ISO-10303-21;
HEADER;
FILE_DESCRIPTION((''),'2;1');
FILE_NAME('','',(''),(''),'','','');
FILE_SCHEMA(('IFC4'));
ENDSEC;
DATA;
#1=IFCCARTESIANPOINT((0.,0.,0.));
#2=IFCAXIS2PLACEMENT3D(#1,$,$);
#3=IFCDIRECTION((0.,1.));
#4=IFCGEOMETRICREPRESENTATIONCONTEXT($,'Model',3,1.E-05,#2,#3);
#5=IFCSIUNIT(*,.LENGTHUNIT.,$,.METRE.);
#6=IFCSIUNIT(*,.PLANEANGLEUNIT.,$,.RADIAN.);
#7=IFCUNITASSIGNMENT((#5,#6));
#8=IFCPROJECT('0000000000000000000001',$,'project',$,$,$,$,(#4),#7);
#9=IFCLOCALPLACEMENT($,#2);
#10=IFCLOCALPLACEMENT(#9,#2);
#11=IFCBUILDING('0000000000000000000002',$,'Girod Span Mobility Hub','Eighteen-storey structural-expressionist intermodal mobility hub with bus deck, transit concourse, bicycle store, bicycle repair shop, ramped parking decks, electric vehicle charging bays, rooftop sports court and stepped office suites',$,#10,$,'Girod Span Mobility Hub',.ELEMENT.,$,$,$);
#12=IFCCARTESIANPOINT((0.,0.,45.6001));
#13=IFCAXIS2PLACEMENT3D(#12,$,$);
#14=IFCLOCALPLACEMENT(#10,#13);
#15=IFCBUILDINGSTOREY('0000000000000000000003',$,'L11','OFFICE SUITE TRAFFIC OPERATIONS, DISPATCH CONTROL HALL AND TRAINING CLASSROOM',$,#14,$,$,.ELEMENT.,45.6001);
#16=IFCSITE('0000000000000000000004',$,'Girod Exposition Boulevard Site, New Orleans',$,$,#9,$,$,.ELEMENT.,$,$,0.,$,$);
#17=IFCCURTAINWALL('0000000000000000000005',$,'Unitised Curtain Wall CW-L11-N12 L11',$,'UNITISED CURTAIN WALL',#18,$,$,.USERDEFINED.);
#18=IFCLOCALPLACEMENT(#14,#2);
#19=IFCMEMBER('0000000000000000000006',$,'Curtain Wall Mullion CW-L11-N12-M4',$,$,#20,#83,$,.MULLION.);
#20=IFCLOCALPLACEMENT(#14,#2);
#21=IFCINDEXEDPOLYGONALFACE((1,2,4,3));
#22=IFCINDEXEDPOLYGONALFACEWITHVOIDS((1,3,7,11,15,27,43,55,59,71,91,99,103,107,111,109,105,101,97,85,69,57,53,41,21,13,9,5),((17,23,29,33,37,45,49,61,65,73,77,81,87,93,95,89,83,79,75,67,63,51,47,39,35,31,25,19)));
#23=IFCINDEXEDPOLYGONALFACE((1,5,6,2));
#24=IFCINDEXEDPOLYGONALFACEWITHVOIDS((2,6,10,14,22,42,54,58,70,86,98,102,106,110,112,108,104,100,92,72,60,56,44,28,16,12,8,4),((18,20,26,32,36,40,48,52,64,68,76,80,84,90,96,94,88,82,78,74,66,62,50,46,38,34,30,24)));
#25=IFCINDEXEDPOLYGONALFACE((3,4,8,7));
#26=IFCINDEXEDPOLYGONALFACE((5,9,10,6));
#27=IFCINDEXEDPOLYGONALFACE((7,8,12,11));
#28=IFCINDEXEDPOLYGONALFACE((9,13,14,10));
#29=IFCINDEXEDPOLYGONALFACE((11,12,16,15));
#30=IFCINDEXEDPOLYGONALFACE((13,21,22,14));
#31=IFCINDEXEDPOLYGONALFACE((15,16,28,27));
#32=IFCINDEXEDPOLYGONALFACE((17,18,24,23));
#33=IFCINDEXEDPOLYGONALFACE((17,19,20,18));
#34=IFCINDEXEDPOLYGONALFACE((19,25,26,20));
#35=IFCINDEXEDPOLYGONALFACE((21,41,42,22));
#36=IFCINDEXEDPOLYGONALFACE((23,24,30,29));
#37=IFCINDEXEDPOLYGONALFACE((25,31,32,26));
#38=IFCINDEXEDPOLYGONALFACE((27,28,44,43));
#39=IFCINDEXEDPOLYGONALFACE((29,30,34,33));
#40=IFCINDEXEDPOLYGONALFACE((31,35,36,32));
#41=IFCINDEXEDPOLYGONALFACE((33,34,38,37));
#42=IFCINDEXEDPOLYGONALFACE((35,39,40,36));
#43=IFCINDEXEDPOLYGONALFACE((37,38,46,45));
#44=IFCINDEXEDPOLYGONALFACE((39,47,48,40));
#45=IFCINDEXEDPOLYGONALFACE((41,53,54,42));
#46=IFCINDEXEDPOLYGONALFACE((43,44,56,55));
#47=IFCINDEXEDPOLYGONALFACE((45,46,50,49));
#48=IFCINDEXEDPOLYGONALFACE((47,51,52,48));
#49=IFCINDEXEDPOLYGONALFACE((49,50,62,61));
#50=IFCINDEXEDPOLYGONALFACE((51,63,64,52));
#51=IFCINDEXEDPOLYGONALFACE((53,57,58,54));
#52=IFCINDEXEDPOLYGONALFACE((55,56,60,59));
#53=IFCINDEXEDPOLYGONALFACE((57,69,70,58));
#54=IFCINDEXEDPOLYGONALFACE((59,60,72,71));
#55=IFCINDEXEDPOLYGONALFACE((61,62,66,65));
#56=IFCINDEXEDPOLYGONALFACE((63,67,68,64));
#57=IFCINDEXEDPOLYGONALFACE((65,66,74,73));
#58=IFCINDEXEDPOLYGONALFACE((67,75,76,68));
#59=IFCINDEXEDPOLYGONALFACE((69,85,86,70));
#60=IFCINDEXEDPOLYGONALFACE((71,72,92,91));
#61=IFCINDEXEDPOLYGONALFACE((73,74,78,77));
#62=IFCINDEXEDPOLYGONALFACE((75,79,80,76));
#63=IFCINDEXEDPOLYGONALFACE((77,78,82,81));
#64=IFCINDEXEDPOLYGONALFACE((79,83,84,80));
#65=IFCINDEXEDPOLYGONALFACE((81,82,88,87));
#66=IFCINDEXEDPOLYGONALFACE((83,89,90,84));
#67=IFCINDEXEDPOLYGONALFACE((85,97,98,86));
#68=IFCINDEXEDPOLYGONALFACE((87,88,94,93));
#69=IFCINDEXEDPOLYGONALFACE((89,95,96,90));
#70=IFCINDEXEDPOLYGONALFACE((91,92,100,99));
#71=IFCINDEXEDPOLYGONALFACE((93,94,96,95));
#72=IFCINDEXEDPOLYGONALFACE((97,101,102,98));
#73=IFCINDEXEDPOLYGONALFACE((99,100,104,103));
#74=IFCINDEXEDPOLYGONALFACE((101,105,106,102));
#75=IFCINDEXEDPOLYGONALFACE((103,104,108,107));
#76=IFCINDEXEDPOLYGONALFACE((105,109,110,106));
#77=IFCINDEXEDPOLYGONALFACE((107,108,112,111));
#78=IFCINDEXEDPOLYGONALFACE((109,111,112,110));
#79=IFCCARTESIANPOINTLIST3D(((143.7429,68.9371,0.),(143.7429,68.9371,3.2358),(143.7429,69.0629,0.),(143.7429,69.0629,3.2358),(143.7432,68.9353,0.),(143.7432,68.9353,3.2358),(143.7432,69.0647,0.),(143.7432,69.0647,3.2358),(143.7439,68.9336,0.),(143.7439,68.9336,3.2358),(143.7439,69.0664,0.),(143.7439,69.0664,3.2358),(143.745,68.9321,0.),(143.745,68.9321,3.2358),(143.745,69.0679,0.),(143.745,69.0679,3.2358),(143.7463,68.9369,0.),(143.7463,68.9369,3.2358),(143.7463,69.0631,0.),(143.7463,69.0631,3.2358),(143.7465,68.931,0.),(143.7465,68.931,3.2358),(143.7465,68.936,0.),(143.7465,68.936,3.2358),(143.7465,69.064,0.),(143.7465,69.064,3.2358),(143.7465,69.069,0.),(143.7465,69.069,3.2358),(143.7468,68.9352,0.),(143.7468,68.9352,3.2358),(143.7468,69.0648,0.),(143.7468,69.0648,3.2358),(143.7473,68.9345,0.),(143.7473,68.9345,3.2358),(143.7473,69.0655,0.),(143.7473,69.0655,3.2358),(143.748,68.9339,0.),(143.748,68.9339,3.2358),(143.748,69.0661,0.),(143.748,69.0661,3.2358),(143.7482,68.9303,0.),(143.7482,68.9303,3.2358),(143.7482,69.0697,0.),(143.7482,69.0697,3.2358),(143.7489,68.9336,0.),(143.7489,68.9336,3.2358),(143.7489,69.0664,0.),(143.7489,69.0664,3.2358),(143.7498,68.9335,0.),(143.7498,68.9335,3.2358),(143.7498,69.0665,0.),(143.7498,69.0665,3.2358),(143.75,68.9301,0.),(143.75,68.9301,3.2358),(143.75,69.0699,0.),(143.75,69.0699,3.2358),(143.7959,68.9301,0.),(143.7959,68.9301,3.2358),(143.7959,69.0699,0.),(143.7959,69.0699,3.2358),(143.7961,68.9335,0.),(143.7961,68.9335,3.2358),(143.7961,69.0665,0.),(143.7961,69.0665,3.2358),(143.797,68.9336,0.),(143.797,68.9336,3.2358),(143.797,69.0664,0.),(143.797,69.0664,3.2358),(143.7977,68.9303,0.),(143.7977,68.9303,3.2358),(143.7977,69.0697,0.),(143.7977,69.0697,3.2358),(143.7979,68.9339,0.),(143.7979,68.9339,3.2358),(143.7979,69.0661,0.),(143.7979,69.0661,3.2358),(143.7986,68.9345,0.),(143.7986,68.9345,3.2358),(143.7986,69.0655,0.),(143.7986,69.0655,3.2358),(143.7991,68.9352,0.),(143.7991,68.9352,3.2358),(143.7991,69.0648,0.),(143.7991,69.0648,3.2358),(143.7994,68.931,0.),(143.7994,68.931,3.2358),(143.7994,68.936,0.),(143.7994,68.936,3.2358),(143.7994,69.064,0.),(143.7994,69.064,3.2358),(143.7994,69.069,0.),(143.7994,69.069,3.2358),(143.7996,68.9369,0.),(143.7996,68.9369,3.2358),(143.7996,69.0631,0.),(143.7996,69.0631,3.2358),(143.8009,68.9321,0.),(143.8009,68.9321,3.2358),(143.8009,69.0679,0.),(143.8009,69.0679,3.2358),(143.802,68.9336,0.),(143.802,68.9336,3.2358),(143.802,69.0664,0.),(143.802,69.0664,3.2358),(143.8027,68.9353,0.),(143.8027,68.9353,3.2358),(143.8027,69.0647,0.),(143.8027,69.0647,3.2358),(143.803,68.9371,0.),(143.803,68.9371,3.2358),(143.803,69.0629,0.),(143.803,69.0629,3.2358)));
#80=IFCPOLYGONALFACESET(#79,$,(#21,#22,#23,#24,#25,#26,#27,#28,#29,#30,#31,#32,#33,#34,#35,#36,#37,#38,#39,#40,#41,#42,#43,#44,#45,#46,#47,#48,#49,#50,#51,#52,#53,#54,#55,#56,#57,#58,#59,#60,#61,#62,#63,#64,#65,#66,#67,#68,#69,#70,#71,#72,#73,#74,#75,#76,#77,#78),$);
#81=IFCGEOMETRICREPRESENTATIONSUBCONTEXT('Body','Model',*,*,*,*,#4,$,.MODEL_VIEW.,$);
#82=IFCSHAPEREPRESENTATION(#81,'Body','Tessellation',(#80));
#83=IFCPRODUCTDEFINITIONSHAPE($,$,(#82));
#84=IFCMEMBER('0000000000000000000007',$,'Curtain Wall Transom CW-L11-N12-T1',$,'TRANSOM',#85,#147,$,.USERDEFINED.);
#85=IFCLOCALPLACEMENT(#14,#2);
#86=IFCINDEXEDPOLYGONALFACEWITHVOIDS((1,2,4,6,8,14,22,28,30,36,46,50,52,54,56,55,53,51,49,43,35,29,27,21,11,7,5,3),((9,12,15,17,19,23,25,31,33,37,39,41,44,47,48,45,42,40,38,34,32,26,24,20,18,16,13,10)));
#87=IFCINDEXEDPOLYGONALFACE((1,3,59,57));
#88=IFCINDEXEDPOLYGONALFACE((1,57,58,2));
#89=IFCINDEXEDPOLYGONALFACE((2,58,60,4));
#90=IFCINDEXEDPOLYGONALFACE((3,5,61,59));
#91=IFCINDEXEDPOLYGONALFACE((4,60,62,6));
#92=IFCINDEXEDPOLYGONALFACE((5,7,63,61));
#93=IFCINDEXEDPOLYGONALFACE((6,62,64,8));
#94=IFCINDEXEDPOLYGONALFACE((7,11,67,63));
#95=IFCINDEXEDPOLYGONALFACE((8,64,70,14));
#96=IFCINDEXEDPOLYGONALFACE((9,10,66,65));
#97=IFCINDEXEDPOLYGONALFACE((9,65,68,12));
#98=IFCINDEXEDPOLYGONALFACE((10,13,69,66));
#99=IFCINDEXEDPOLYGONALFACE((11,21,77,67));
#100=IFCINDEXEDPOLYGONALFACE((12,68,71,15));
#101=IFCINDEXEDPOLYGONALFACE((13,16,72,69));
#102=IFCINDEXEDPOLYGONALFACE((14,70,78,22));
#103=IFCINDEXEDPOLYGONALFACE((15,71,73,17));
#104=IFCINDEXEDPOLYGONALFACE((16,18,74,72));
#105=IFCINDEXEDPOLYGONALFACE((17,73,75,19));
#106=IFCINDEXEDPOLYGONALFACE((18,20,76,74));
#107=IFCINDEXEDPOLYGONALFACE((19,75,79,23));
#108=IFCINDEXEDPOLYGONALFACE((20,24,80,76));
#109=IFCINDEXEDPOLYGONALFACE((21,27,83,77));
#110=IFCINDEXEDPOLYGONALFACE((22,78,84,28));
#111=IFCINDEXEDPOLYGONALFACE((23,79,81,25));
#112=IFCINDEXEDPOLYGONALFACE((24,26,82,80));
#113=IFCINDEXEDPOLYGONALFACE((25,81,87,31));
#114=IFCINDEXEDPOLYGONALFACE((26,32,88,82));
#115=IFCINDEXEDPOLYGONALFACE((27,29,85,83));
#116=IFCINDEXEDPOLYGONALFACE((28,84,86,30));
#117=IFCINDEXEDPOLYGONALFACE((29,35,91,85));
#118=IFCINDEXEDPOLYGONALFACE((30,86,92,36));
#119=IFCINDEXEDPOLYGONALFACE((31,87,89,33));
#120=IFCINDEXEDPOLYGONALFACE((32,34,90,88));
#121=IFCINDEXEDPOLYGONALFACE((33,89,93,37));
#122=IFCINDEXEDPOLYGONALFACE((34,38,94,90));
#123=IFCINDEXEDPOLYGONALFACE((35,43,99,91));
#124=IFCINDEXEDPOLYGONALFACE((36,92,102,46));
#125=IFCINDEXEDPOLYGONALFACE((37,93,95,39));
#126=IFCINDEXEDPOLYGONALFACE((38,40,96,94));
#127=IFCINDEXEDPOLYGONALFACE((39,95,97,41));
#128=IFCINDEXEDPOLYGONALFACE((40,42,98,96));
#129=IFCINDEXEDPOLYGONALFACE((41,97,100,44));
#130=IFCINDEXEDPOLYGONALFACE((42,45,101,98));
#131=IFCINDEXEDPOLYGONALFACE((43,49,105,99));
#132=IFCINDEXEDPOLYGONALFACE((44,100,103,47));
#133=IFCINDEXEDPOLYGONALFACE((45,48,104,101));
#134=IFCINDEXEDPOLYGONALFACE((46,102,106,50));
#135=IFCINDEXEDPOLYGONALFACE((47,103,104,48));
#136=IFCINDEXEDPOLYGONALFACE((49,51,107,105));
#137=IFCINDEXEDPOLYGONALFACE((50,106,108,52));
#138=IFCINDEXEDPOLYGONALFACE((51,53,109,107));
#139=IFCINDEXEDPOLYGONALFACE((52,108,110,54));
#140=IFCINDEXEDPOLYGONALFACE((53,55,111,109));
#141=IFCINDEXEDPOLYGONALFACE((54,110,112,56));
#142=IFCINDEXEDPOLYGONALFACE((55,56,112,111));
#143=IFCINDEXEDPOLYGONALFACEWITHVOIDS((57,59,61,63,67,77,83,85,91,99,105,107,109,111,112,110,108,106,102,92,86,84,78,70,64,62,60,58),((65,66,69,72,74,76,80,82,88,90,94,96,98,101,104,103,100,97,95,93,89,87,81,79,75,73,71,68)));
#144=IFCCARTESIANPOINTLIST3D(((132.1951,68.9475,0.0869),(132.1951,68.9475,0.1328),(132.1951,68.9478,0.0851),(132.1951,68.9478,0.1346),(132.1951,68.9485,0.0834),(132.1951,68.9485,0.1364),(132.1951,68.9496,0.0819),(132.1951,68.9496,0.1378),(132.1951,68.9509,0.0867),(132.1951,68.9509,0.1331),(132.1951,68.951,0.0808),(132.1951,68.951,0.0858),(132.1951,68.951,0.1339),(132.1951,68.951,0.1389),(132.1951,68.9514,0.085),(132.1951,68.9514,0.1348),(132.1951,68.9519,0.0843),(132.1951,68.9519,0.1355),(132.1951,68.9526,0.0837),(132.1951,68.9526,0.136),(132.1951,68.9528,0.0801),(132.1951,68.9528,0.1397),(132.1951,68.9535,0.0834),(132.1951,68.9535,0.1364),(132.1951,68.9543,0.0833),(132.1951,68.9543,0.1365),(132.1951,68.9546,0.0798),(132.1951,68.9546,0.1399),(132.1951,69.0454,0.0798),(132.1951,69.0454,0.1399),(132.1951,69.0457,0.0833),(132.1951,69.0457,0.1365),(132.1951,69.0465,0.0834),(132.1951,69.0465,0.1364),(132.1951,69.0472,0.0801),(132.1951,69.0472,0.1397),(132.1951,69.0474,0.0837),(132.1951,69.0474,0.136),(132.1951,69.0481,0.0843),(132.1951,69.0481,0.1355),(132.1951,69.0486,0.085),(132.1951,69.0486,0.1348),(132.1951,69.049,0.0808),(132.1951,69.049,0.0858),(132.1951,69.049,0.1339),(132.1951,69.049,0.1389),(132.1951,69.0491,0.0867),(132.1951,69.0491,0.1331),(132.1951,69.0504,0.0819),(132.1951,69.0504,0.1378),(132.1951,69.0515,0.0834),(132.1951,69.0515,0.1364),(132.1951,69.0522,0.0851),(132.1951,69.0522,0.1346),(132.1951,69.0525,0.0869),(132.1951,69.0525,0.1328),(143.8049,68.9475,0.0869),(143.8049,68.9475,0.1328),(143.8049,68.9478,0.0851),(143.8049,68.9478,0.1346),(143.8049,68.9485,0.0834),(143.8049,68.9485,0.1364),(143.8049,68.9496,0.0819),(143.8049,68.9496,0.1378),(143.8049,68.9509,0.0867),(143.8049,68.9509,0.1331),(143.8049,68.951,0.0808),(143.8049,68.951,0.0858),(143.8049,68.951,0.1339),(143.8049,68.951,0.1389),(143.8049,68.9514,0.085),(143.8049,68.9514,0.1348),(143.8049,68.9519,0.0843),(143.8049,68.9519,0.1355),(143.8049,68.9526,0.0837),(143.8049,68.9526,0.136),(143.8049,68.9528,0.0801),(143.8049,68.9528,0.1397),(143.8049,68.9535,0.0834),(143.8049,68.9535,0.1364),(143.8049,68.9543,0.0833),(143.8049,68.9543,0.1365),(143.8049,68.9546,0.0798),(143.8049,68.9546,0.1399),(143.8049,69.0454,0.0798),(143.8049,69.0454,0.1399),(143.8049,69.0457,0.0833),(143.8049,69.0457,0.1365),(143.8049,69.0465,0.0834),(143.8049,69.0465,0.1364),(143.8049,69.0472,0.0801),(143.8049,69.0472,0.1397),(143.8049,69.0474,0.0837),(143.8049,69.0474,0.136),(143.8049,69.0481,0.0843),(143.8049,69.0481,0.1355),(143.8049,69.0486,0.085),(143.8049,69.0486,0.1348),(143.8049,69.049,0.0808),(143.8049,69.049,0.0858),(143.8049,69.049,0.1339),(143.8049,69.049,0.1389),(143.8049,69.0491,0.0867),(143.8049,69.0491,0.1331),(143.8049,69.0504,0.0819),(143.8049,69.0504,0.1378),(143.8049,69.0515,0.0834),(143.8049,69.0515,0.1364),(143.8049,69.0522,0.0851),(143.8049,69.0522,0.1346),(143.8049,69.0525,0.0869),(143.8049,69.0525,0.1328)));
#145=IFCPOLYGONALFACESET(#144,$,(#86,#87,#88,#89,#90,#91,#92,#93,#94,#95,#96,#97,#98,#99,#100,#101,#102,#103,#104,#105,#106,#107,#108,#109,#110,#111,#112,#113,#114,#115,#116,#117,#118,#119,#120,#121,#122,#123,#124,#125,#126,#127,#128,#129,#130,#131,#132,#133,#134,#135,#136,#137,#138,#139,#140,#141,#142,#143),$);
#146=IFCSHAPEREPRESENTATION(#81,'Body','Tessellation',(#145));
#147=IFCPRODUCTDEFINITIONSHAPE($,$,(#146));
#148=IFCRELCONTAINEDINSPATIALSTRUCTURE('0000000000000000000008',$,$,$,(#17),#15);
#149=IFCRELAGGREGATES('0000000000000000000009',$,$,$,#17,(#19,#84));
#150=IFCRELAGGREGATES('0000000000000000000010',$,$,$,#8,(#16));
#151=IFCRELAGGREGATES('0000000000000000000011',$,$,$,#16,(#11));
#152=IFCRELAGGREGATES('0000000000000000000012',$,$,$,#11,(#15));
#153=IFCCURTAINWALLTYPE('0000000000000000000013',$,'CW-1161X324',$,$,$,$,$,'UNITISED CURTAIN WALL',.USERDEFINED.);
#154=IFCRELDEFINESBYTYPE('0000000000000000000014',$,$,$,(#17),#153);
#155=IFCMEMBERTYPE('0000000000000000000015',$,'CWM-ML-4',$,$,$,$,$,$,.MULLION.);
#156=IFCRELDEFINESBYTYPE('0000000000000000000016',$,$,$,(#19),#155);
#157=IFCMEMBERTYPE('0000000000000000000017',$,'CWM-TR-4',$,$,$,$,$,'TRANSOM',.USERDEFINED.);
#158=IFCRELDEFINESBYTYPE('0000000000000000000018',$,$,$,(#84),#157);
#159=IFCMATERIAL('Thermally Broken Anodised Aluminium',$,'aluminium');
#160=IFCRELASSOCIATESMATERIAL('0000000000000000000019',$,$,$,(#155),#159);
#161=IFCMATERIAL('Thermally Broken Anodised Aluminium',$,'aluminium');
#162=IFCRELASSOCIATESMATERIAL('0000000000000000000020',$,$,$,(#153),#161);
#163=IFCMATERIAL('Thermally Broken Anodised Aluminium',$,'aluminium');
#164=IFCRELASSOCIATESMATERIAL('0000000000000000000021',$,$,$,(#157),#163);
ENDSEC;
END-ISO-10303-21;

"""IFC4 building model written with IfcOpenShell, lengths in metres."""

from ifc_helpers import new_model, si_unit, direction, frame, origin, origin_2d, place, context, subcontext, project, spatial, hollow_rectangle, extrude, material, material_profile, profile_set, type_object, element, aggregate, save


model = new_model("IFC4")

# Units and contexts
model_context = context("Model", 3, precision=1e-05, world=origin(), true_north=direction((0.0, 1.0)))
body_context = subcontext(model_context, "Body", "Model", "MODEL_VIEW")
ifc_project = project(units=[si_unit("LENGTHUNIT", "METRE"), si_unit("PLANEANGLEUNIT", "RADIAN")], contexts=[model_context])

# Site, building, storey
site_placement = place(None, origin())
site = spatial("IfcSite", under=ifc_project, at=site_placement, Name="Girod Exposition Boulevard Site, New Orleans", CompositionType="ELEMENT", RefElevation=0.0)
building_placement = place(site_placement, origin())
building = spatial("IfcBuilding", under=site, at=building_placement, Name="Girod Span Mobility Hub", Description="Eighteen-storey structural-expressionist intermodal mobility hub with bus deck, transit concourse, bicycle store, bicycle repair shop, ramped parking decks, electric vehicle charging bays, rooftop sports court and stepped office suites", LongName="Girod Span Mobility Hub", CompositionType="ELEMENT")
storey_placement = place(building_placement, frame((0.0, 0.0, 45.6001)))
storey = spatial("IfcBuildingStorey", under=building, at=storey_placement, Name="L11", Description="OFFICE SUITE TRAFFIC OPERATIONS, DISPATCH CONTROL HALL AND TRAINING CLASSROOM", CompositionType="ELEMENT", Elevation=45.6001)

# Curtain wall, members
ifc_material_1 = material(Name="Thermally Broken Anodised Aluminium", Category="aluminium")
ifc_material_profile_1 = material_profile(ifc_material_1, hollow_rectangle(XDim=0.1399, YDim=0.0601, WallThickness=0.0034, InnerFilletRadius=0.0034, OuterFilletRadius=0.0071, at=origin_2d()), Name="CW-ML-60X140")
ifc_profile_set_1 = profile_set([ifc_material_profile_1], Name="Thermally Broken Anodised Aluminium")
member_type_1 = type_object("IfcMemberType", Name="CWM-ML-4", PredefinedType="MULLION", material=ifc_profile_set_1)
ifc_material_2 = material(Name="Thermally Broken Anodised Aluminium", Category="aluminium")
curtain_wall_type_1 = type_object("IfcCurtainWallType", Name="CW-1161X324", ElementType="UNITISED CURTAIN WALL", PredefinedType="USERDEFINED", material=ifc_material_2)
curtain_wall_1_placement = place(storey_placement, origin())
curtain_wall_1 = element("IfcCurtainWall", 1, at=curtain_wall_1_placement, inside=storey, type_object=curtain_wall_type_1, Name="Unitised Curtain Wall CW-L11-N12 L11", ObjectType="UNITISED CURTAIN WALL", PredefinedType="USERDEFINED")
member_1_placement = place(storey_placement, frame((143.7729, 69.0, 0.0), z_axis=(0.0, 0.0, 1.0), x_axis=(0.0, 1.0, 0.0)))
member_1 = element("IfcMember", 2, at=member_1_placement, type_object=member_type_1, Name="Curtain Wall Mullion CW-L11-N12-M4", PredefinedType="MULLION", context=body_context, shape_type="SweptSolid", body=[
    extrude(hollow_rectangle(XDim=0.1399, YDim=0.0601, WallThickness=0.0034, InnerFilletRadius=0.0034, OuterFilletRadius=0.0071, at=origin_2d()), origin(), (0.0, 0.0, 1.0), 3.2358),
])
ifc_material_3 = material(Name="Thermally Broken Anodised Aluminium", Category="aluminium")
ifc_material_profile_2 = material_profile(ifc_material_3, hollow_rectangle(XDim=0.105, YDim=0.0601, WallThickness=0.0034, InnerFilletRadius=0.0034, OuterFilletRadius=0.0071, at=origin_2d()), Name="CW-TR-60X105")
ifc_profile_set_2 = profile_set([ifc_material_profile_2], Name="Thermally Broken Anodised Aluminium")
member_type_2 = type_object("IfcMemberType", Name="CWM-TR-4", ElementType="TRANSOM", PredefinedType="USERDEFINED", material=ifc_profile_set_2)
member_2_placement = place(storey_placement, frame((132.1951, 69.0, 0.1099), z_axis=(1.0, 0.0, 0.0), x_axis=(0.0, 1.0, 0.0)))
member_2 = element("IfcMember", 3, at=member_2_placement, type_object=member_type_2, Name="Curtain Wall Transom CW-L11-N12-T1", ObjectType="TRANSOM", PredefinedType="USERDEFINED", context=body_context, shape_type="SweptSolid", body=[
    extrude(hollow_rectangle(XDim=0.105, YDim=0.0601, WallThickness=0.0034, InnerFilletRadius=0.0034, OuterFilletRadius=0.0071, at=origin_2d()), origin(), (0.0, 0.0, 1.0), 11.6099),
])

aggregate(curtain_wall_1, [member_1, member_2])

save(model, "model.ifc")
